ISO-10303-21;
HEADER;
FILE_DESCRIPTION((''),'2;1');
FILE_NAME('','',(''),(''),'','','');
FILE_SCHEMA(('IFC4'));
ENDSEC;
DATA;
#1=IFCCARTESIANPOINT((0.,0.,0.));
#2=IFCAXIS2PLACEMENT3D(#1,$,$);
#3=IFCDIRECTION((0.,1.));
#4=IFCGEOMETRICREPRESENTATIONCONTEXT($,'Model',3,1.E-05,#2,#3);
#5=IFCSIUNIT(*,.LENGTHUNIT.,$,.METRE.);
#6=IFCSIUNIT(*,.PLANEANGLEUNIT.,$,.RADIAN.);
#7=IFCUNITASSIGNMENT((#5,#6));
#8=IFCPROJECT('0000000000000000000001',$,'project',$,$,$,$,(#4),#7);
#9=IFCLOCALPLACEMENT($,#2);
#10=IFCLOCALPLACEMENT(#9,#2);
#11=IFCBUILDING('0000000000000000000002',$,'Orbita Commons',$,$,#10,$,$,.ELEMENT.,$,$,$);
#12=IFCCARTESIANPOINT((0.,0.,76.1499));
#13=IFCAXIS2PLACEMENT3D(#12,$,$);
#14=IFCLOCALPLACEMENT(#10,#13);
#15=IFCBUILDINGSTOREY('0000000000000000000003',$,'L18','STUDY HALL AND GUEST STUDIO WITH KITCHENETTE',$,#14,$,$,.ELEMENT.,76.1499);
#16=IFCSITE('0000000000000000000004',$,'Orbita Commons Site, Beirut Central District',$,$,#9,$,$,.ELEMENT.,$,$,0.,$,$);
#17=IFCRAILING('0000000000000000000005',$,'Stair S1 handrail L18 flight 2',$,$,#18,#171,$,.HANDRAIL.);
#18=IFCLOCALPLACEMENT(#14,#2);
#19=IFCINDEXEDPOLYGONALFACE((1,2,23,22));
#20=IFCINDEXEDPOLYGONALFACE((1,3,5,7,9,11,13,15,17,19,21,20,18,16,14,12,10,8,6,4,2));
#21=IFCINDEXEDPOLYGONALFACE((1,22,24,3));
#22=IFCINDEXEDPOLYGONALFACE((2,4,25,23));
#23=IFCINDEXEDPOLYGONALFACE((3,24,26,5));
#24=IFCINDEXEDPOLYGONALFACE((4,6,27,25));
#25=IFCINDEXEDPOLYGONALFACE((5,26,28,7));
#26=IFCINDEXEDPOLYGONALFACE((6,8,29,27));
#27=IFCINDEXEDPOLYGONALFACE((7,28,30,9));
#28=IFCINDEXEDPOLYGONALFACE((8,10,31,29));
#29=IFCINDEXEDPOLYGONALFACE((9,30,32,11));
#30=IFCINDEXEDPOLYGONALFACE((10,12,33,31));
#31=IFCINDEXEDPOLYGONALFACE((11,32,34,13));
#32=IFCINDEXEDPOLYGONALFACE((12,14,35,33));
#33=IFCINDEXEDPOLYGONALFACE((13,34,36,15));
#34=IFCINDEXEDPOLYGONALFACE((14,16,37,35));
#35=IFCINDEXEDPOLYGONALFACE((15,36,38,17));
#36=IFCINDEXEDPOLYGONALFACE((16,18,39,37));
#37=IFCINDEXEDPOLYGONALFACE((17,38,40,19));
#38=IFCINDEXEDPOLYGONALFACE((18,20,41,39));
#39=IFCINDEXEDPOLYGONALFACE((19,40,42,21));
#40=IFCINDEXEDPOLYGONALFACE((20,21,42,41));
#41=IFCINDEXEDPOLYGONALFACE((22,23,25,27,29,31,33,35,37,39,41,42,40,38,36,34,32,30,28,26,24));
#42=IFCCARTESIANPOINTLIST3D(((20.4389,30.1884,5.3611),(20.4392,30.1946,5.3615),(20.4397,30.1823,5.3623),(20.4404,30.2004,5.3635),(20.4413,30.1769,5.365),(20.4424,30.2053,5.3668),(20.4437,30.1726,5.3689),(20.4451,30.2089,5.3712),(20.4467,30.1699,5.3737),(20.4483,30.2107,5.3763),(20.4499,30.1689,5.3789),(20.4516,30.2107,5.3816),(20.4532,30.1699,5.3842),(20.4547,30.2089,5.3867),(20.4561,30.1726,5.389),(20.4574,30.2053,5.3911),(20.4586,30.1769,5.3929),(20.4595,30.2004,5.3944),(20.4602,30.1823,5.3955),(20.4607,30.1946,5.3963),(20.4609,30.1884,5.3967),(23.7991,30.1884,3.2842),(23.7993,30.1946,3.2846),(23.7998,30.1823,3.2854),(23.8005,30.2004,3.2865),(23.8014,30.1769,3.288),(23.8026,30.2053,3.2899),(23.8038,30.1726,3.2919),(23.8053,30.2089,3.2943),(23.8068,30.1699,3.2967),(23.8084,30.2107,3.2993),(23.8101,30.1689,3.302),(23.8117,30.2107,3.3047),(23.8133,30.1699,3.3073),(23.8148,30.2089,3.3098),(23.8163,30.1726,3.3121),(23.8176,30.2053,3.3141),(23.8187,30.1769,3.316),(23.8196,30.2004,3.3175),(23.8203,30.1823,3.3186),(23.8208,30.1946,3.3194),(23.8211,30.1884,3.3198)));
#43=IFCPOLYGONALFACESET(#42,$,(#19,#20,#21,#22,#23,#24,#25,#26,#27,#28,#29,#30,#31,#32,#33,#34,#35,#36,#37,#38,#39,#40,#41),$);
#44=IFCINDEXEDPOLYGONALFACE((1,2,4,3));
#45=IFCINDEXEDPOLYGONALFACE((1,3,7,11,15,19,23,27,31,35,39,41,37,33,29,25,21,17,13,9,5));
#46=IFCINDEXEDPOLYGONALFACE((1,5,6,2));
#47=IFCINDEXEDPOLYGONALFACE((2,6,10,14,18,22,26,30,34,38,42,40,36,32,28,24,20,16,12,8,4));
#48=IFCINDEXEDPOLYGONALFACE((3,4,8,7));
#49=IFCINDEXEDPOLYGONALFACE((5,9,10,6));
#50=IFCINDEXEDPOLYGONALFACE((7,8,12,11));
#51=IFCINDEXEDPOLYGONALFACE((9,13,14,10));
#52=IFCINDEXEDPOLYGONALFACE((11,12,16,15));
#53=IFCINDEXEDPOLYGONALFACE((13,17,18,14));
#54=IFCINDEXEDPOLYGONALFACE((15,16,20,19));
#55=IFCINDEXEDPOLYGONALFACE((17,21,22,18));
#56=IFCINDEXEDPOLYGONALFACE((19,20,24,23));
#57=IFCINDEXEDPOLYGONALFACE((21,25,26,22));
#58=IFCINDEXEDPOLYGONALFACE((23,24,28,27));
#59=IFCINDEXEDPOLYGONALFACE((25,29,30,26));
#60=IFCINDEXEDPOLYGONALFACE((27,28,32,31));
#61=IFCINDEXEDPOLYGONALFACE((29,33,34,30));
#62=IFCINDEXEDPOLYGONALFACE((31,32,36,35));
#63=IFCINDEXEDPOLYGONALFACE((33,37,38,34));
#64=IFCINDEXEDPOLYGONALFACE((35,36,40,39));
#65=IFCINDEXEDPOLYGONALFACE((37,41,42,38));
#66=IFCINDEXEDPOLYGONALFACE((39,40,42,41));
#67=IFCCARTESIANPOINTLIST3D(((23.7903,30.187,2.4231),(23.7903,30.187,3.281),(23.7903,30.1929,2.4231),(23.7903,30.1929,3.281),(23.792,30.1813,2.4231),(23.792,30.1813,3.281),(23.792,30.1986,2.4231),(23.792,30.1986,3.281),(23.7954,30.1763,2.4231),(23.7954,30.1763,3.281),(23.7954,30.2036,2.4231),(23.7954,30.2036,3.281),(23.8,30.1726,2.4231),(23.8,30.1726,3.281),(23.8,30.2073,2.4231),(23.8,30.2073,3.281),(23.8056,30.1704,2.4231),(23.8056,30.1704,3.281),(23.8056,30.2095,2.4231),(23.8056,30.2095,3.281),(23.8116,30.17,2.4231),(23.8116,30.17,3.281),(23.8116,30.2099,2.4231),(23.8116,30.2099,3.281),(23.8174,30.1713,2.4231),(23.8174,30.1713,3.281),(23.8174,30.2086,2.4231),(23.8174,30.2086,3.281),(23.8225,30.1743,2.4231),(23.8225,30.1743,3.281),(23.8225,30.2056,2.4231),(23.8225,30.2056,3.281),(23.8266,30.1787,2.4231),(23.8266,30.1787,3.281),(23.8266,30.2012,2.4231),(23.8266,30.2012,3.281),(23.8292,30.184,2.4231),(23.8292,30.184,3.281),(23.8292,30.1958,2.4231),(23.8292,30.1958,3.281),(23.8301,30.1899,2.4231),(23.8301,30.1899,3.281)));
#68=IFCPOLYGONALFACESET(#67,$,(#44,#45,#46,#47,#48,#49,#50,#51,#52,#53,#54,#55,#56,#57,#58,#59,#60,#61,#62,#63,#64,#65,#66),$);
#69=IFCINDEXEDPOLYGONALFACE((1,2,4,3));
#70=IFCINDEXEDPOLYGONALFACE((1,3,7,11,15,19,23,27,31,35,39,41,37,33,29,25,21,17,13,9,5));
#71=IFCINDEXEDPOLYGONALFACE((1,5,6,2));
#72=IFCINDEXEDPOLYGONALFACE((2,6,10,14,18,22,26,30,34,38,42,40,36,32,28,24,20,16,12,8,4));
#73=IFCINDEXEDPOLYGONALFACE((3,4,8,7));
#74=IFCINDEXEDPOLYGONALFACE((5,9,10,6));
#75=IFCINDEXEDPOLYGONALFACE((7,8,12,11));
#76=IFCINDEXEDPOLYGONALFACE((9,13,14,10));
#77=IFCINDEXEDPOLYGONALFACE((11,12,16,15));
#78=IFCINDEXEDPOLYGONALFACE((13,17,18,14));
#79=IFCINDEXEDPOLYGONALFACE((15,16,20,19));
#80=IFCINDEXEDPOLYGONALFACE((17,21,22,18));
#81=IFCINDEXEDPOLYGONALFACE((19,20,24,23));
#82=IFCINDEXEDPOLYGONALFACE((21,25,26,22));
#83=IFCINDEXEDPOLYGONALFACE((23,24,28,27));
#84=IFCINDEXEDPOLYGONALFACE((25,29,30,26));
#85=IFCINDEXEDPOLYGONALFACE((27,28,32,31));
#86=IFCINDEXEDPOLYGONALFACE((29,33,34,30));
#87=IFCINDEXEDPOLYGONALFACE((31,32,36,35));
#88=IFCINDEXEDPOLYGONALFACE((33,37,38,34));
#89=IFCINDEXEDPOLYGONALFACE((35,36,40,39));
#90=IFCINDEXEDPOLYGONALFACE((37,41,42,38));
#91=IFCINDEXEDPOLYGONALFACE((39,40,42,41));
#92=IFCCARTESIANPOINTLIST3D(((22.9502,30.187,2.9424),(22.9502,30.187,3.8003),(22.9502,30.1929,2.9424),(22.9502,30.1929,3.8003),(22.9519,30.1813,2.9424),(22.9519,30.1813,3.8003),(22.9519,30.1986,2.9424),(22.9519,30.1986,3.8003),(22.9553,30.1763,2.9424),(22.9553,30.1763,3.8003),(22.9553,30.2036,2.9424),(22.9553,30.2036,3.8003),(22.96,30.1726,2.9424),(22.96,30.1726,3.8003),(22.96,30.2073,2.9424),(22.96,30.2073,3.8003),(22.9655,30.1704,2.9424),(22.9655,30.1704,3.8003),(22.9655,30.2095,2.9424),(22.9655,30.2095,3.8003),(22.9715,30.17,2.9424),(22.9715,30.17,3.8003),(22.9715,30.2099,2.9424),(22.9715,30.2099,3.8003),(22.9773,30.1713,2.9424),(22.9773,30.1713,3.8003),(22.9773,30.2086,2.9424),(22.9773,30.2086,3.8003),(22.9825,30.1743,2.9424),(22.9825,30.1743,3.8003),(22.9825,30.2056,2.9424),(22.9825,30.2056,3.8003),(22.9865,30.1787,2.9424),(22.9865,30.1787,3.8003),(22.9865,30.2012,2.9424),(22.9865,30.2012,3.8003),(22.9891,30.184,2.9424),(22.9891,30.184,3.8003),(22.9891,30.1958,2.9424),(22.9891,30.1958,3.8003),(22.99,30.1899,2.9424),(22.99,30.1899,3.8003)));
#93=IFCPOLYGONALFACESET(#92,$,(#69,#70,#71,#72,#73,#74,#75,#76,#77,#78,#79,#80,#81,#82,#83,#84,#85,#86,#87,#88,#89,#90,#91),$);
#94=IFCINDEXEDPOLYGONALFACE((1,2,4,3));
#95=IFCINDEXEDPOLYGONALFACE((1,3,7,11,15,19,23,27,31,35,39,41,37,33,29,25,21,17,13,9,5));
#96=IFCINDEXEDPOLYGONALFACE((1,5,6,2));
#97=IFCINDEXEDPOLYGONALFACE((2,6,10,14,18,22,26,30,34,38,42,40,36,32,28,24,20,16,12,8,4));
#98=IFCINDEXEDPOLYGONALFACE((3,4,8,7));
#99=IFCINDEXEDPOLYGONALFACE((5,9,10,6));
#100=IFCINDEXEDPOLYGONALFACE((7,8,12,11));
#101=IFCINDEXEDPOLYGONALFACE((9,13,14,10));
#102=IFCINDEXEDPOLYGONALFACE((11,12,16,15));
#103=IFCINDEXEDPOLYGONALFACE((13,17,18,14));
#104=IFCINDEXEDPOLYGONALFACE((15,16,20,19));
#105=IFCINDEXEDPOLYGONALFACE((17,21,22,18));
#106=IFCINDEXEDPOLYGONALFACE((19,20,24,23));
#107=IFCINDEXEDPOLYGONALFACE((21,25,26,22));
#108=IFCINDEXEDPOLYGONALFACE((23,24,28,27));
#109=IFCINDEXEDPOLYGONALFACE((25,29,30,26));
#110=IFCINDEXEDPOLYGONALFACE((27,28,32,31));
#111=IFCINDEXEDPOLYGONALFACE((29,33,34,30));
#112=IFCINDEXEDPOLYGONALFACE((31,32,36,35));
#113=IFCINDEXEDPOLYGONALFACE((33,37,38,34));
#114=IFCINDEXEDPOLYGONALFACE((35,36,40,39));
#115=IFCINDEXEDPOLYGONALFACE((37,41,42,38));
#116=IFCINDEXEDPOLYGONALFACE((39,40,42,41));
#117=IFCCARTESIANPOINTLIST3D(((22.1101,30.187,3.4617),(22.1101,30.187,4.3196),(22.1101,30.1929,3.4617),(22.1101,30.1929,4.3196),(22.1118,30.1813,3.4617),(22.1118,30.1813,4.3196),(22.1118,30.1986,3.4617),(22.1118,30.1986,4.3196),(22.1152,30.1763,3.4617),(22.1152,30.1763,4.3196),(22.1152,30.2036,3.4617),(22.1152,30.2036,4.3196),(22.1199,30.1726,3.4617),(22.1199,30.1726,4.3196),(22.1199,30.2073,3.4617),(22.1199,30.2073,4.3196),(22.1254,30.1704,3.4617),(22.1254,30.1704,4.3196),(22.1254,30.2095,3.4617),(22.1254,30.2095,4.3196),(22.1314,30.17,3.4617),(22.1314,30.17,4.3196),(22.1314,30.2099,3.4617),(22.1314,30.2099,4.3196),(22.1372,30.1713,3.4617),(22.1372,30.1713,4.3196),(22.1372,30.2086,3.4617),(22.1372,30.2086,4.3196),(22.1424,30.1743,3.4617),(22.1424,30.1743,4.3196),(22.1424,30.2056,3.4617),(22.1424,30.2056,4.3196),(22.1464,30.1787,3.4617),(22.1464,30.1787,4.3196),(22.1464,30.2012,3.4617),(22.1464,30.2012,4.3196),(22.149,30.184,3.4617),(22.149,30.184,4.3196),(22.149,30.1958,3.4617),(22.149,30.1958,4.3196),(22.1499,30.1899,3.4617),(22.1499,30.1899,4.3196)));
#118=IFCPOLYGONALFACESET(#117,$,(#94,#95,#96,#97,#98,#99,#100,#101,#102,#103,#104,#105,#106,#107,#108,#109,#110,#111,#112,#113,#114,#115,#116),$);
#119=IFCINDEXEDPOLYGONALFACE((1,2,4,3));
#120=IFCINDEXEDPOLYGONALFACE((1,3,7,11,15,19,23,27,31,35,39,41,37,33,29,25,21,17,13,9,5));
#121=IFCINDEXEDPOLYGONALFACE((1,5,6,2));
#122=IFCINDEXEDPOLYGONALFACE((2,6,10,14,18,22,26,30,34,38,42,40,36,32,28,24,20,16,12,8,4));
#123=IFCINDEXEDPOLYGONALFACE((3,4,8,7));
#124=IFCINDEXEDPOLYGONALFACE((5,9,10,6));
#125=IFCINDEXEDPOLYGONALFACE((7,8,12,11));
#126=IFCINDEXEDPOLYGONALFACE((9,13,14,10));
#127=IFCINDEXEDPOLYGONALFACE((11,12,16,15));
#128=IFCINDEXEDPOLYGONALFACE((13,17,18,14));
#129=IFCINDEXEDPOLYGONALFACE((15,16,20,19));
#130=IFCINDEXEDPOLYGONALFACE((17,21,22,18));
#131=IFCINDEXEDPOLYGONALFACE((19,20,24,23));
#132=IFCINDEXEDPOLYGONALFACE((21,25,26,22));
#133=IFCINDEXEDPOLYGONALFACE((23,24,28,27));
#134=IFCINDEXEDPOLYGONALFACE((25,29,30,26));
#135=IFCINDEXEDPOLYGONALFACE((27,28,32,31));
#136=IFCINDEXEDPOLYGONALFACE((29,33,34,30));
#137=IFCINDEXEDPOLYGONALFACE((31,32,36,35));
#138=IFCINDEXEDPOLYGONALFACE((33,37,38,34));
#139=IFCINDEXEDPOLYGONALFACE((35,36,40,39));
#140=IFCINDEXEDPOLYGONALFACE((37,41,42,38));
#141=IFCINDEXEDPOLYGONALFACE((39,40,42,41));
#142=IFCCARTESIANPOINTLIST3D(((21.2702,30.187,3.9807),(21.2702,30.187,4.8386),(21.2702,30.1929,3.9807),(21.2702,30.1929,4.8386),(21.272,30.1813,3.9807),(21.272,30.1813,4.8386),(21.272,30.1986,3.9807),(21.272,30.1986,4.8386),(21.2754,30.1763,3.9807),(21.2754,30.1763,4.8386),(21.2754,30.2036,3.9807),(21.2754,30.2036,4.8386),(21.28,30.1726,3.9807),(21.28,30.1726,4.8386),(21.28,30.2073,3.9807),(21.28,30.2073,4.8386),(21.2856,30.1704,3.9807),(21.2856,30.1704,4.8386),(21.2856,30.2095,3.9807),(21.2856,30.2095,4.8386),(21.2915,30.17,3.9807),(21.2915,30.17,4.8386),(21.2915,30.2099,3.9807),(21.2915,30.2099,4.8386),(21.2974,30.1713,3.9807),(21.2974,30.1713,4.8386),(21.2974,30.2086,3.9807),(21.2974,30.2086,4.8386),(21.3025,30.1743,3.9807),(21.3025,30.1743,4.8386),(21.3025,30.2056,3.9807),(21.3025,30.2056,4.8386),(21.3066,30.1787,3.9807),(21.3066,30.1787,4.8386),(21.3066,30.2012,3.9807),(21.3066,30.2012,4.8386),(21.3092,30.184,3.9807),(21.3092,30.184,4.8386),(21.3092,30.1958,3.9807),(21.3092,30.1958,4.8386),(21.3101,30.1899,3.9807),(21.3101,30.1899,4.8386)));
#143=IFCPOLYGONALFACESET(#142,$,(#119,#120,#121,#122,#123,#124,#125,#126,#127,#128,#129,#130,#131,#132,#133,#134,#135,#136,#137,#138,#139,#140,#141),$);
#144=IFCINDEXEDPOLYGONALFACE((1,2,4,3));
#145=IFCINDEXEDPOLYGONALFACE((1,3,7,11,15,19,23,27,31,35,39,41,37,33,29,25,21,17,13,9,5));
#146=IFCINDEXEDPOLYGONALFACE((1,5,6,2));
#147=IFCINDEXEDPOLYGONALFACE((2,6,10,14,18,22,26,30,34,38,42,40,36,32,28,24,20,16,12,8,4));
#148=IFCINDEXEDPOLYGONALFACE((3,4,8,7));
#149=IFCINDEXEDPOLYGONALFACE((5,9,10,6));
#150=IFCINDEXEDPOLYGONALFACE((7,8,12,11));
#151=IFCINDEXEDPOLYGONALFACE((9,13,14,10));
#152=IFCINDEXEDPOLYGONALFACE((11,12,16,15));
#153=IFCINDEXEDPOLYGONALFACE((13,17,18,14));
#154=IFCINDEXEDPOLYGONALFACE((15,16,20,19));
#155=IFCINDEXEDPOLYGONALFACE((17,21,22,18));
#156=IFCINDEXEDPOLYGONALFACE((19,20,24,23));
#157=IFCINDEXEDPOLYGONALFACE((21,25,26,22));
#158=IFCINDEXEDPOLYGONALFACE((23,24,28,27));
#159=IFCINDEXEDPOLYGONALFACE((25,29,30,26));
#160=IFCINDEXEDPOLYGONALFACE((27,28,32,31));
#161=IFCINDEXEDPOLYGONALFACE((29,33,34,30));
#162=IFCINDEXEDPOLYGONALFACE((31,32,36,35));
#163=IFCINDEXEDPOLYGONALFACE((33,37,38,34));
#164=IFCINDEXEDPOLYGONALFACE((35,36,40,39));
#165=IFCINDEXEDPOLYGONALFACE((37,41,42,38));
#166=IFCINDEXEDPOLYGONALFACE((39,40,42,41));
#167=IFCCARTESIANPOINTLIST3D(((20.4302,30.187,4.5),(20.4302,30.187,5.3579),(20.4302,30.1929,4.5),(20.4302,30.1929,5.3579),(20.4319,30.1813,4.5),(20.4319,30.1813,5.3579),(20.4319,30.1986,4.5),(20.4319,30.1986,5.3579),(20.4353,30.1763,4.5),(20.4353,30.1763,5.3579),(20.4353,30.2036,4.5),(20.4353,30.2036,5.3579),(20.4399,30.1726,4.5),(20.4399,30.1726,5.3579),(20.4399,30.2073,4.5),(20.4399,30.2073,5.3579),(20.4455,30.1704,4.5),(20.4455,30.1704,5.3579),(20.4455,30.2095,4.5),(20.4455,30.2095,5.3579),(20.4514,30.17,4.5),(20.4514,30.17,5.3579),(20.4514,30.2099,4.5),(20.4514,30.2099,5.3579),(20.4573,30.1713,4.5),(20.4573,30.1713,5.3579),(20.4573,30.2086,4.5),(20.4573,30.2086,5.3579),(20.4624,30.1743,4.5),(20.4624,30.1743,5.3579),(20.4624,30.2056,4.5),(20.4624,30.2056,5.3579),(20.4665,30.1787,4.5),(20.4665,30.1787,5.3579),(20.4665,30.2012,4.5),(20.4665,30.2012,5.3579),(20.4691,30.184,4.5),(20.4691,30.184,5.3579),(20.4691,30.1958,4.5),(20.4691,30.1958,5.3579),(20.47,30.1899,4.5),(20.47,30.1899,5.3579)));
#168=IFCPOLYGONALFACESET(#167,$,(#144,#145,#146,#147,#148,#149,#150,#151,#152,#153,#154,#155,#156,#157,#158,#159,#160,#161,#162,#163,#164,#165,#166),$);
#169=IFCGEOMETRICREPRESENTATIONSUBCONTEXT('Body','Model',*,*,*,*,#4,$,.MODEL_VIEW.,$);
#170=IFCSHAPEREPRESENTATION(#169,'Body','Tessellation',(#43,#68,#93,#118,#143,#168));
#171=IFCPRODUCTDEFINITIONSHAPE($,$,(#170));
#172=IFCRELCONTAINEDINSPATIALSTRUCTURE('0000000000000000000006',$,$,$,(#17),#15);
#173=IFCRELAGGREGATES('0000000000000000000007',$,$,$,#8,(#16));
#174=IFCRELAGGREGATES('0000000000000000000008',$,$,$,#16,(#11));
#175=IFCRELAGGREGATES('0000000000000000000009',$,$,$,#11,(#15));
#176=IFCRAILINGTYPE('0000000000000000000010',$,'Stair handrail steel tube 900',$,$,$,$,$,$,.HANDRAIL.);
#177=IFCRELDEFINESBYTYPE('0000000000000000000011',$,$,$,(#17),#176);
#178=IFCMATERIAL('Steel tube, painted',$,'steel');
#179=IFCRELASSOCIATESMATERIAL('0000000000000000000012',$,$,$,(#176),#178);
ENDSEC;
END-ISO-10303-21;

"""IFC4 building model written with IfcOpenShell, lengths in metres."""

from ifc_helpers import new_model, si_unit, direction, frame, origin, origin_2d, place, context, subcontext, project, spatial, circle, extrude, material, type_object, element, save


model = new_model("IFC4")

# Units and contexts
model_context = context("Model", 3, precision=1e-05, world=origin(), true_north=direction((0.0, 1.0)))
body_context = subcontext(model_context, "Body", "Model", "MODEL_VIEW")
ifc_project = project(units=[si_unit("LENGTHUNIT", "METRE"), si_unit("PLANEANGLEUNIT", "RADIAN")], contexts=[model_context])

# Site, building, storey
site_placement = place(None, origin())
site = spatial("IfcSite", under=ifc_project, at=site_placement, Name="Orbita Commons Site, Beirut Central District", CompositionType="ELEMENT", RefElevation=0.0)
building_placement = place(site_placement, origin())
building = spatial("IfcBuilding", under=site, at=building_placement, Name="Orbita Commons", CompositionType="ELEMENT")
storey_placement = place(building_placement, frame((0.0, 0.0, 76.1499)))
storey = spatial("IfcBuildingStorey", under=building, at=storey_placement, Name="L18", Description="STUDY HALL AND GUEST STUDIO WITH KITCHENETTE", CompositionType="ELEMENT", Elevation=76.1499)

# Railing
ifc_material = material(Name="Steel tube, painted", Category="steel")
railing_type = type_object("IfcRailingType", Name="Stair handrail steel tube 900", PredefinedType="HANDRAIL", material=ifc_material)
for number, where, name in (
    (1, (23.8101, 30.1899, 2.4231), "Stair S1 handrail L18 flight 2"),
):
    element("IfcRailing", number, at=place(storey_placement, frame(where)), inside=storey, type_object=railing_type, Name=name, PredefinedType="HANDRAIL", context=body_context, shape_type="SweptSolid", body=[
        extrude(circle(Radius=0.021, at=origin_2d()), frame((0.0, 0.0, 0.8789), z_axis=(-0.850623, 0.0, 0.525776), x_axis=(0.0, -1.0, 0.0)), (0.0, 0.0, 1.0), 3.9502),
        extrude(circle(Radius=0.02, at=origin_2d()), origin(), (0.0, 0.0, 1.0), 0.8579),
        extrude(circle(Radius=0.02, at=origin_2d()), frame((-0.8401, 0.0, 0.5193)), (0.0, 0.0, 1.0), 0.8579),
        extrude(circle(Radius=0.02, at=origin_2d()), frame((-1.6802, 0.0, 1.0386)), (0.0, 0.0, 1.0), 0.8579),
        extrude(circle(Radius=0.02, at=origin_2d()), frame((-2.52, 0.0, 1.5576)), (0.0, 0.0, 1.0), 0.8579),
        extrude(circle(Radius=0.02, at=origin_2d()), frame((-3.3601, 0.0, 2.0769)), (0.0, 0.0, 1.0), 0.8579),
    ])

save(model, "model.ifc")
